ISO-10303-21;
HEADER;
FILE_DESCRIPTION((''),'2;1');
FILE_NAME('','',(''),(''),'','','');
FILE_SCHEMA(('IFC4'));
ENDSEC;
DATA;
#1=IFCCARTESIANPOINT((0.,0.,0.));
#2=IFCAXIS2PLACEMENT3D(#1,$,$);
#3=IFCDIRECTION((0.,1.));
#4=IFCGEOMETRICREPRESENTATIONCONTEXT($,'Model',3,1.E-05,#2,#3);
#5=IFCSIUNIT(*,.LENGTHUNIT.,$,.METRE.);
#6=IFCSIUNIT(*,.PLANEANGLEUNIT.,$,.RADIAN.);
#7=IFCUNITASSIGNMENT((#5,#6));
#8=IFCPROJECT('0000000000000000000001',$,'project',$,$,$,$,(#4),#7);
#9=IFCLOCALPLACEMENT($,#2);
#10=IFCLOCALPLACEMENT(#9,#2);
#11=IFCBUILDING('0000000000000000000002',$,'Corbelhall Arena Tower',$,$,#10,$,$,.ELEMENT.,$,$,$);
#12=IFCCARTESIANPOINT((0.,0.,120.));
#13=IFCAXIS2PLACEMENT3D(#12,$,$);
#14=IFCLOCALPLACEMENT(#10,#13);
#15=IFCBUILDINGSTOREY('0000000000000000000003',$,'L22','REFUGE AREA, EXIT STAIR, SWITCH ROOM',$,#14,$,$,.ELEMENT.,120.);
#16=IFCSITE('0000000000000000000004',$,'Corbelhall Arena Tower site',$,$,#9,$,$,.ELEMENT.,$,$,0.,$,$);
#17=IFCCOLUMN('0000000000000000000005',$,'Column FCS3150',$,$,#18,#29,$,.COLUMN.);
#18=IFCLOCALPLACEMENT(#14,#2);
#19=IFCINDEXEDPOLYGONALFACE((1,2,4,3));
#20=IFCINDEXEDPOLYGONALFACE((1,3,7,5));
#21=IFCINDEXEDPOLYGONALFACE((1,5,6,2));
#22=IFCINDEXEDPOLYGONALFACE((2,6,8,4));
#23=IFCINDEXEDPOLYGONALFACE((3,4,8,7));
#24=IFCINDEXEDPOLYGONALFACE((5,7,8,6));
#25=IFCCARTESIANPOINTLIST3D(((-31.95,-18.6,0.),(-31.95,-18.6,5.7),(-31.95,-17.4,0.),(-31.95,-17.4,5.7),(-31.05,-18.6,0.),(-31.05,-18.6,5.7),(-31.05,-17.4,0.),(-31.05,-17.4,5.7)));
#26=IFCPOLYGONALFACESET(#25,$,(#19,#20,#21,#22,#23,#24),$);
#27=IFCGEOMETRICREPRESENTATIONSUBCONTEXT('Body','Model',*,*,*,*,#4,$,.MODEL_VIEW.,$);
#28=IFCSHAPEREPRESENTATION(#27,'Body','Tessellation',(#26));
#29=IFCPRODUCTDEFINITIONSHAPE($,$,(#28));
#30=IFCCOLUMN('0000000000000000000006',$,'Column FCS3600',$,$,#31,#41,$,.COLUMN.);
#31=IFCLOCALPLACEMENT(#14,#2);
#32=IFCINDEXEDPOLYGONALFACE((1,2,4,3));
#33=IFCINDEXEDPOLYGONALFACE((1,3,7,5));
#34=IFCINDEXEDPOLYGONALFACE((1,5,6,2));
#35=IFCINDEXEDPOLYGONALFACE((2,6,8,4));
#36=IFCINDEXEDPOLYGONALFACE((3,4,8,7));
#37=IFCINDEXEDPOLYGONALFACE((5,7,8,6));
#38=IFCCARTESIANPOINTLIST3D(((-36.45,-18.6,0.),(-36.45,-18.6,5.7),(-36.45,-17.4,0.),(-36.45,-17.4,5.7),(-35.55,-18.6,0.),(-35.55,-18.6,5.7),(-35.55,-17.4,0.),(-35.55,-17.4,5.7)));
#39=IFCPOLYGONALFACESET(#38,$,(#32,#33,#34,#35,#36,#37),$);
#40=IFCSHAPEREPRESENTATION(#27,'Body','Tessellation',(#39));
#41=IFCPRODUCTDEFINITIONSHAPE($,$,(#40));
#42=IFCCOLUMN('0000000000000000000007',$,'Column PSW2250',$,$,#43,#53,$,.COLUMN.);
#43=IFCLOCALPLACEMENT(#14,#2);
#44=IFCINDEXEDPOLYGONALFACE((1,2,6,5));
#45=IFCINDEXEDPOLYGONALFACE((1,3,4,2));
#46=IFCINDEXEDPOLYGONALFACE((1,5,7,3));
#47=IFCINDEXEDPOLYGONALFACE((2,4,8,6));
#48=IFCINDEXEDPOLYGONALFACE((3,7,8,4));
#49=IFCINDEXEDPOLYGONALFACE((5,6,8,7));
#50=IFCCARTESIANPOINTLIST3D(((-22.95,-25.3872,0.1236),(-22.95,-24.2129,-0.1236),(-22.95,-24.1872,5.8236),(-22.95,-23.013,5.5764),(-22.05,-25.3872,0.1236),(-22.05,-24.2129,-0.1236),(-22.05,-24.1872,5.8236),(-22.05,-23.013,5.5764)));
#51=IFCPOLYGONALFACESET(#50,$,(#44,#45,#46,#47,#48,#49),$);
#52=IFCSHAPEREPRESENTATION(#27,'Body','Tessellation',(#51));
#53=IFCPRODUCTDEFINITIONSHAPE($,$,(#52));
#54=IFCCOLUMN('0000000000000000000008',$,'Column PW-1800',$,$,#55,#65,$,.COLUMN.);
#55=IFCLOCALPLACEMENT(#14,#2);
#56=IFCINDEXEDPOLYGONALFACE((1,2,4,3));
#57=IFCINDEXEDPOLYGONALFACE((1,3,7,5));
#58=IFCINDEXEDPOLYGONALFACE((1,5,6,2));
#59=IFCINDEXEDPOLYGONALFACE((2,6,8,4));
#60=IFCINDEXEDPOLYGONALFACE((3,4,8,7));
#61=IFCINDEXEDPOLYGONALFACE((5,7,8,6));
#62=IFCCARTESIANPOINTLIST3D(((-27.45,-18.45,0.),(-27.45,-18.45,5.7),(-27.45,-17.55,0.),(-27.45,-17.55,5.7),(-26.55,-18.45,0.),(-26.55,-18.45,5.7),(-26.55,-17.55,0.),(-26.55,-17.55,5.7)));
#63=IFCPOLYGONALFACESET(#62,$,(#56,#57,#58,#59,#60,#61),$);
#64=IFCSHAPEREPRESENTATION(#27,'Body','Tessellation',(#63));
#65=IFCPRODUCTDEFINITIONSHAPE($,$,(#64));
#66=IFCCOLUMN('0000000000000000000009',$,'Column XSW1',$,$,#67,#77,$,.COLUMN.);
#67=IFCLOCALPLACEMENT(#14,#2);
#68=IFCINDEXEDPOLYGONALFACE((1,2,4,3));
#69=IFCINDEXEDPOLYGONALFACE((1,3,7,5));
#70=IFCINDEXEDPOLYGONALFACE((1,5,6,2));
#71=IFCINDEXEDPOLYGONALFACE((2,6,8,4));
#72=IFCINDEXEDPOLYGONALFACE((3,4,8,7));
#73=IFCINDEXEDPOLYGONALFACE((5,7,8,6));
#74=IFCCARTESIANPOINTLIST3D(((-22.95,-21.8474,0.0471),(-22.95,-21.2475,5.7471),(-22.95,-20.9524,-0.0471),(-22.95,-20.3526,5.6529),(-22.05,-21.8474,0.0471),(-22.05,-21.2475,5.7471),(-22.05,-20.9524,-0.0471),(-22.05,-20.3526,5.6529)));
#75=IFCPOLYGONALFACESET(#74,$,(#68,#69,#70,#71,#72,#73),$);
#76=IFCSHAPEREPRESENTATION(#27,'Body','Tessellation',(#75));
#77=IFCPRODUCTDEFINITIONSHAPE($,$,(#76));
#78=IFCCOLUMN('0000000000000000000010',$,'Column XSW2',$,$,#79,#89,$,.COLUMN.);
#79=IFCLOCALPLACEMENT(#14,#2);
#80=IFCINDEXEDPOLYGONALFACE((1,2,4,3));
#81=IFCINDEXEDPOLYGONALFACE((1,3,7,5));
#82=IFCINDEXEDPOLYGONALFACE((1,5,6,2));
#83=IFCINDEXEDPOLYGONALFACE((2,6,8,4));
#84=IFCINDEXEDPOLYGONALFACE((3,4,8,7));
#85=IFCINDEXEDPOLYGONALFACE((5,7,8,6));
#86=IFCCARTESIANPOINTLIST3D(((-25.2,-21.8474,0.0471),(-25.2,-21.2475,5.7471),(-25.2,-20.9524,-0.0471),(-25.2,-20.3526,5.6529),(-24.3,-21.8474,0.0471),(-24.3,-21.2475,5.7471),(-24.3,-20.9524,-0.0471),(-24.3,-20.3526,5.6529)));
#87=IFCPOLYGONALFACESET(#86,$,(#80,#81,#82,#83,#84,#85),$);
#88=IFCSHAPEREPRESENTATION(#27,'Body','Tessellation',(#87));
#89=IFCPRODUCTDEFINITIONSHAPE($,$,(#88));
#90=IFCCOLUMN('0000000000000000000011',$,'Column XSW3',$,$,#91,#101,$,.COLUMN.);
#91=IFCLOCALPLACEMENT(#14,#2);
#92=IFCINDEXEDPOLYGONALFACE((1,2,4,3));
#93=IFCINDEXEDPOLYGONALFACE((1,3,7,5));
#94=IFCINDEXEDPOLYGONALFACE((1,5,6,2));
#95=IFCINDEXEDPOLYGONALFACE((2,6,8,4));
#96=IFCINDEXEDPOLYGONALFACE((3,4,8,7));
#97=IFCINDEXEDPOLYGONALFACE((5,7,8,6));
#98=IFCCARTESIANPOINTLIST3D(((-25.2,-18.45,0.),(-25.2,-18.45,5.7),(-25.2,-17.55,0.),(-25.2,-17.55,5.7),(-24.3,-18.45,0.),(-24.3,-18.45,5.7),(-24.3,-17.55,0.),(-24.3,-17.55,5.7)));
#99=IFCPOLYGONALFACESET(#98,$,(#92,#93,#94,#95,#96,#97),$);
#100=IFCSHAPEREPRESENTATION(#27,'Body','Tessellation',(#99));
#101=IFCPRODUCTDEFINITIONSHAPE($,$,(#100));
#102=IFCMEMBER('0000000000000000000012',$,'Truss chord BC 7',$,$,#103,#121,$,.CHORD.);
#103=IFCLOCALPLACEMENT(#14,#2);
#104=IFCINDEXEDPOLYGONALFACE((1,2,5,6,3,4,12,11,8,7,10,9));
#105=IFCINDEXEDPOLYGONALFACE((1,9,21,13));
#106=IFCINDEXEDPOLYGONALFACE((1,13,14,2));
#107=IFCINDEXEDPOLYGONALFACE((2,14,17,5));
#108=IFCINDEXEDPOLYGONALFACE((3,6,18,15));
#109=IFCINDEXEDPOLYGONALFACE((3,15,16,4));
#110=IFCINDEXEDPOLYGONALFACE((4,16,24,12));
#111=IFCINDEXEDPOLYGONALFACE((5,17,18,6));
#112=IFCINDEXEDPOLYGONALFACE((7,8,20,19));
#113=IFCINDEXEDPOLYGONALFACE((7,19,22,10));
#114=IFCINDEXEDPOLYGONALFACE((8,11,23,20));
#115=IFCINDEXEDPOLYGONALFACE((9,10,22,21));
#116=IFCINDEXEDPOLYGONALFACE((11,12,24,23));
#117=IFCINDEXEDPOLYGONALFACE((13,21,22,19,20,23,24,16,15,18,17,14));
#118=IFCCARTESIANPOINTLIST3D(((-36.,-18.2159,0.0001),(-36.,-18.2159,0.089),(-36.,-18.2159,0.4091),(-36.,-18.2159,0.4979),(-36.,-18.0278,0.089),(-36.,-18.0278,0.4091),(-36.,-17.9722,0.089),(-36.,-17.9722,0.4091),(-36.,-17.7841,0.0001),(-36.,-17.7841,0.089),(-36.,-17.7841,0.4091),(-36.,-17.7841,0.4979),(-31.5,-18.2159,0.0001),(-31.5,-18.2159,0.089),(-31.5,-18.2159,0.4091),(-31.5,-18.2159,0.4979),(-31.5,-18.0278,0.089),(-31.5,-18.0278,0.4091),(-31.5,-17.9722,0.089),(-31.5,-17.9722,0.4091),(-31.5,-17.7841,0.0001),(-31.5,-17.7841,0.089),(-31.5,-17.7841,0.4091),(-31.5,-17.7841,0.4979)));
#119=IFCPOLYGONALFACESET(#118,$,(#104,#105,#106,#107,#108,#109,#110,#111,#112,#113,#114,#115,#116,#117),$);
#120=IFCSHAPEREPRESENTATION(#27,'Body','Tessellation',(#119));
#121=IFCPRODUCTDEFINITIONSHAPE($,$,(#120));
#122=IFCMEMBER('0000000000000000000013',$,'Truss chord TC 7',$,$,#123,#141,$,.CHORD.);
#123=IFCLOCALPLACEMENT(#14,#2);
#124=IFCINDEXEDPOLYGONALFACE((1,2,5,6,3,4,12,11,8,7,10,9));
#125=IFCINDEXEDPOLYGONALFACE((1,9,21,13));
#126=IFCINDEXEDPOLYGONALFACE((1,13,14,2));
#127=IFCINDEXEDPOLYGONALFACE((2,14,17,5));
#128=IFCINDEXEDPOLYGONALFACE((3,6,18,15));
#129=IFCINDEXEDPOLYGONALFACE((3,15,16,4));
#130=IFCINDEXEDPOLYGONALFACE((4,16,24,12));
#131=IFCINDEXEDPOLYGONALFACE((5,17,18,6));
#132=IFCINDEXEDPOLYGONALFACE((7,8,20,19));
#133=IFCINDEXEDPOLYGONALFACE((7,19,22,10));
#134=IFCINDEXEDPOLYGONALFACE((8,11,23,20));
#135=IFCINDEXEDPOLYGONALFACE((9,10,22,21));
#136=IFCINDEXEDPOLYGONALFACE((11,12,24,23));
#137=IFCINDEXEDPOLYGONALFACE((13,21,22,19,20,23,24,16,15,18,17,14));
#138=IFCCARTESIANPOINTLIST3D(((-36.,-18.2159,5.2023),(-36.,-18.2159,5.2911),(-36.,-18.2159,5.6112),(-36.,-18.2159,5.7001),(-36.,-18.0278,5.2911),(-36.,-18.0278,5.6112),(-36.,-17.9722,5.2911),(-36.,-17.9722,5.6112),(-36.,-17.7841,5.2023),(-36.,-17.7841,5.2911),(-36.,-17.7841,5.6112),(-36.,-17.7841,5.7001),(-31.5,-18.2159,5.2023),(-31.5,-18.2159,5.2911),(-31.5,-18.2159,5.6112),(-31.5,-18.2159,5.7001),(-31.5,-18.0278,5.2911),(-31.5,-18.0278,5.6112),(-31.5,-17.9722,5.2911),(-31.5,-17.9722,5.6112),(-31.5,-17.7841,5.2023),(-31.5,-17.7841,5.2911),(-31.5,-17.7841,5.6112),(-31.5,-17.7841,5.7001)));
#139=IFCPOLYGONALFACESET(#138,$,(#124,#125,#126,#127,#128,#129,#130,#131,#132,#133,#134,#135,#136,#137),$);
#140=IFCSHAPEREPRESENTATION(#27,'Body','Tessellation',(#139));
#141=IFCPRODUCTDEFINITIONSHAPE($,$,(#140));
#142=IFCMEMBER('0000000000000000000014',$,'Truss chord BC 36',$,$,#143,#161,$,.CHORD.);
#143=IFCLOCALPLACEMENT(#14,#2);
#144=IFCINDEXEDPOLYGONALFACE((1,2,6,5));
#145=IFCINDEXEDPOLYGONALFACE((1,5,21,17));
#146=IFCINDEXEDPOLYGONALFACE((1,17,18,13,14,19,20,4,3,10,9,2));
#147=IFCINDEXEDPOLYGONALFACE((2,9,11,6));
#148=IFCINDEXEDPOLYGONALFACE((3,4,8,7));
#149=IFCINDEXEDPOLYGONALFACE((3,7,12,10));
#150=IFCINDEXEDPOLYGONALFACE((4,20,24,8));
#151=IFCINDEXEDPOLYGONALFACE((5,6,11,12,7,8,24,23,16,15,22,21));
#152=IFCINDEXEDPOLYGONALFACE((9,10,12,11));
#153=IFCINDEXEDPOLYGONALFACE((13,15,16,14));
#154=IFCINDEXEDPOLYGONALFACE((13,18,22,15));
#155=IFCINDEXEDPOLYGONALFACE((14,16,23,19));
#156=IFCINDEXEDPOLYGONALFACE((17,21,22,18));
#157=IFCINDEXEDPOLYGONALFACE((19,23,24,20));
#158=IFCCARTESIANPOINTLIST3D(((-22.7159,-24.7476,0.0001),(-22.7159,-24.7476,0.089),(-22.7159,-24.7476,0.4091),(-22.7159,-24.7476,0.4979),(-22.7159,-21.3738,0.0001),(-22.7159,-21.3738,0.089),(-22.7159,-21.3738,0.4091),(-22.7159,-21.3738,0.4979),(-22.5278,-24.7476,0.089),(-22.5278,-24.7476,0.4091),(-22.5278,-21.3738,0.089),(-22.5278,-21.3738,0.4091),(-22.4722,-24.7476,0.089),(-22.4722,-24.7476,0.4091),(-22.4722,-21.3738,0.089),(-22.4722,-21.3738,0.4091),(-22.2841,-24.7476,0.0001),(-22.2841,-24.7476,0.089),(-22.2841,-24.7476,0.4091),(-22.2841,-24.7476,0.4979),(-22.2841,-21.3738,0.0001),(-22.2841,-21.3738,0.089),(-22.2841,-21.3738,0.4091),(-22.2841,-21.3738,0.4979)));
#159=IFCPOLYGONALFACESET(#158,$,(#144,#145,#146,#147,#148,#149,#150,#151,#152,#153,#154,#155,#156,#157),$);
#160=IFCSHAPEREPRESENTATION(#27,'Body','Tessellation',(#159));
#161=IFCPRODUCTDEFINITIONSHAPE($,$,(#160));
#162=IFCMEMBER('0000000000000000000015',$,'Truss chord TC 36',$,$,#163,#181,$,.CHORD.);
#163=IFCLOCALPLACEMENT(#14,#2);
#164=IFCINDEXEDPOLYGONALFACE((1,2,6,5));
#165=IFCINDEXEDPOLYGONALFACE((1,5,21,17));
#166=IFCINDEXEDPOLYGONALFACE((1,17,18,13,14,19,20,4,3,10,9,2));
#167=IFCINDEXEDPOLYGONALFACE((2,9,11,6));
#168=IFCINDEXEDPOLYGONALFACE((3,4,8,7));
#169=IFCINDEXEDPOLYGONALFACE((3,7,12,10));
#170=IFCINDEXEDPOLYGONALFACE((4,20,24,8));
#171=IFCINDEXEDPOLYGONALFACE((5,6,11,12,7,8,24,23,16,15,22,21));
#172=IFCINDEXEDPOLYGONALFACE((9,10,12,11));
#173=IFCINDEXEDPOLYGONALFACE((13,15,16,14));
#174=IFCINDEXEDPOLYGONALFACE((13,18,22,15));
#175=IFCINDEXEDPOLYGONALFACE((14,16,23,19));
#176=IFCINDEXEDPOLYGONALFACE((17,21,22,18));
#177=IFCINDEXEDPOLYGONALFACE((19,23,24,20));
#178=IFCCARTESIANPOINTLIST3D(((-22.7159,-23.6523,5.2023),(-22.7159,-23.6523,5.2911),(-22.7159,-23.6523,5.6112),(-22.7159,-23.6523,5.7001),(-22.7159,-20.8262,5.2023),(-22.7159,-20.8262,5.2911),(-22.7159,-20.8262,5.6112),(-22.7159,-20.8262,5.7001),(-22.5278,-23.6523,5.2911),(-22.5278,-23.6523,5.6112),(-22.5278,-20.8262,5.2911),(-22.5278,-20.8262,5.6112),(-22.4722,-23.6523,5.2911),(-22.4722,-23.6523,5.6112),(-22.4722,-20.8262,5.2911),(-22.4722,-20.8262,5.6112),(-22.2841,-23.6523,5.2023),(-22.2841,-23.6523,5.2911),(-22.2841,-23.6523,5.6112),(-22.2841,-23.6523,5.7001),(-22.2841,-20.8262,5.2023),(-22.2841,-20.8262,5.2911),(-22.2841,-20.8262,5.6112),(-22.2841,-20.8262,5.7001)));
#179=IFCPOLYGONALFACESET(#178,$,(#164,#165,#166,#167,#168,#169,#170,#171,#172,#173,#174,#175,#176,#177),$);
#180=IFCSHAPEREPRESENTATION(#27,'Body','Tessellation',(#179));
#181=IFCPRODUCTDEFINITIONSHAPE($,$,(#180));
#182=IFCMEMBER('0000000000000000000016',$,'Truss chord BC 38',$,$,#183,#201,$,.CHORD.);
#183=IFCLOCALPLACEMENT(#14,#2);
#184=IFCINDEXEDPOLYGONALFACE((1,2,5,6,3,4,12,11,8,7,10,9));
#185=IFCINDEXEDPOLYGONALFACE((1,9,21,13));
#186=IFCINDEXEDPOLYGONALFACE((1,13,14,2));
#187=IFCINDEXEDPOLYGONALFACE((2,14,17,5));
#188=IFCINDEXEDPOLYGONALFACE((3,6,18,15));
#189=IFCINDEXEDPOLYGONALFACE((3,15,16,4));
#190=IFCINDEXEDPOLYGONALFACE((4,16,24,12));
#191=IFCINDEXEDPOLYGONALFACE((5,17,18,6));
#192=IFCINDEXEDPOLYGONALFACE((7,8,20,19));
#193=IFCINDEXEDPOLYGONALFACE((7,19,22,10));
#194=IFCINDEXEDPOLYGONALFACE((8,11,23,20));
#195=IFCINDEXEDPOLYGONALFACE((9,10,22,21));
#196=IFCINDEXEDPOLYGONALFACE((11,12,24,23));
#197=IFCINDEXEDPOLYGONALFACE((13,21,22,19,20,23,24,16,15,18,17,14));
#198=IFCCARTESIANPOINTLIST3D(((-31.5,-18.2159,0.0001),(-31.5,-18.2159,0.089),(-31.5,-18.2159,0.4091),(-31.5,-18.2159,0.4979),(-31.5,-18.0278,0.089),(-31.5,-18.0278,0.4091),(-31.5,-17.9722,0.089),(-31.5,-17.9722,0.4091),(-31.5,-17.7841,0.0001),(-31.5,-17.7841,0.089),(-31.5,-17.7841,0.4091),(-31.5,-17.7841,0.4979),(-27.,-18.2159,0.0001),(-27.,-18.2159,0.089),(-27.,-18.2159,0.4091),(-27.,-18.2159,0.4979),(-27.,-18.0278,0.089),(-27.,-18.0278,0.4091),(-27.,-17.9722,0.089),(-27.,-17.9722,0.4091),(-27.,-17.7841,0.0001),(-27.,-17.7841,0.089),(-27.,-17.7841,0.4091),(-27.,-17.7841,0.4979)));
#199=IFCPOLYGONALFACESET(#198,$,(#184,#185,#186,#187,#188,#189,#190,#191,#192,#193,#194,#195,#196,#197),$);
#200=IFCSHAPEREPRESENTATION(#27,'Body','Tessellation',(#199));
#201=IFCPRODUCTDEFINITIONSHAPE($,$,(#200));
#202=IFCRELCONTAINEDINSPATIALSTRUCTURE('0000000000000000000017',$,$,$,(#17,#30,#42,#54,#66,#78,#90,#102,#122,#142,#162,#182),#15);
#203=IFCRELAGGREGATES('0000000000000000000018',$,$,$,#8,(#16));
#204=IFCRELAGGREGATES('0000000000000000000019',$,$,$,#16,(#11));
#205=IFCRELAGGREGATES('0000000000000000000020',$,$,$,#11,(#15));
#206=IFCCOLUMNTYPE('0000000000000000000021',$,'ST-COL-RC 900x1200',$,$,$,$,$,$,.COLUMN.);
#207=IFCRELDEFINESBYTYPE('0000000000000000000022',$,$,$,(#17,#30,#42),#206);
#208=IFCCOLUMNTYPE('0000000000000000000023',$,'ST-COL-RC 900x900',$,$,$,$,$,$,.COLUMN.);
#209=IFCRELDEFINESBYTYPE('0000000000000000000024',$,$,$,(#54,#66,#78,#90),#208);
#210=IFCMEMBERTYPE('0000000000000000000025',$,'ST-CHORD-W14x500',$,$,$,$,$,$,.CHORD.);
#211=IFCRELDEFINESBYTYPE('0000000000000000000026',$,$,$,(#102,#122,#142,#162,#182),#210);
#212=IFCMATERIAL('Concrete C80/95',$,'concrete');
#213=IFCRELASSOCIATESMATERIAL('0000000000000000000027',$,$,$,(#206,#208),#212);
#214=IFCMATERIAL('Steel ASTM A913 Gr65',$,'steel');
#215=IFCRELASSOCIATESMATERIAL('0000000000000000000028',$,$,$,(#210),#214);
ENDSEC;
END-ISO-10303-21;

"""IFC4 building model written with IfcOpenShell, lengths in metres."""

from ifc_helpers import new_model, si_unit, direction, frame, origin, origin_2d, place, context, subcontext, project, spatial, rectangle, i_section, extrude, material, material_profile, profile_set, type_object, element, save


model = new_model("IFC4")

# Units and contexts
model_context = context("Model", 3, precision=1e-05, world=origin(), true_north=direction((0.0, 1.0)))
body_context = subcontext(model_context, "Body", "Model", "MODEL_VIEW")
ifc_project = project(units=[si_unit("LENGTHUNIT", "METRE"), si_unit("PLANEANGLEUNIT", "RADIAN")], contexts=[model_context])

# Site, building, storey
site_placement = place(None, origin())
site = spatial("IfcSite", under=ifc_project, at=site_placement, Name="Corbelhall Arena Tower site", CompositionType="ELEMENT", RefElevation=0.0)
building_placement = place(site_placement, origin())
building = spatial("IfcBuilding", under=site, at=building_placement, Name="Corbelhall Arena Tower", CompositionType="ELEMENT")
storey_placement = place(building_placement, frame((0.0, 0.0, 120.0)))
storey = spatial("IfcBuildingStorey", under=building, at=storey_placement, Name="L22", Description="REFUGE AREA, EXIT STAIR, SWITCH ROOM", CompositionType="ELEMENT", Elevation=120.0)

# Columns
ifc_material_1 = material(Name="Concrete C80/95", Category="concrete")
ifc_material_profile_1 = material_profile(ifc_material_1, rectangle(XDim=0.8999, YDim=1.2, at=origin_2d()))
ifc_profile_set_1 = profile_set([ifc_material_profile_1], Name="Concrete C80/95")
column_type_1 = type_object("IfcColumnType", Name="ST-COL-RC 900x1200", PredefinedType="COLUMN", material=ifc_profile_set_1)
for number, where, z_axis, x_axis, name in (
    (1, (-31.5, -18.0, 0.0), (0.0, 0.0, 1.0), (1.0, 0.0, 0.0), "Column FCS3150"),
    (2, (-36.0, -18.0, 0.0), (0.0, 0.0, 1.0), (1.0, 0.0, 0.0), "Column FCS3600"),
):
    element("IfcColumn", number, at=place(storey_placement, frame(where, z_axis=z_axis, x_axis=x_axis)), inside=storey, type_object=column_type_1, Name=name, PredefinedType="COLUMN", context=body_context, shape_type="SweptSolid", body=[
        extrude(rectangle(XDim=0.8999, YDim=1.2, at=origin_2d()), origin(), (0.0, 0.0, 1.0), 5.7),
    ])
column_1_placement = place(storey_placement, frame((-22.5, -24.8, 0.0), z_axis=(0.0, 0.206004, 0.978551), x_axis=(-1.0, 0.0, 0.0)))
element("IfcColumn", 3, at=column_1_placement, inside=storey, type_object=column_type_1, Name="Column PSW2250", PredefinedType="COLUMN", context=body_context, shape_type="SweptSolid", body=[
    extrude(rectangle(XDim=0.8999, YDim=1.2, at=origin_2d()), origin(), (0.0, 0.0, 1.0), 5.825),
])
ifc_material_profile_2 = material_profile(ifc_material_1, rectangle(XDim=0.8999, YDim=0.8999, at=origin_2d()))
ifc_profile_set_2 = profile_set([ifc_material_profile_2], Name="Concrete C80/95")
column_type_2 = type_object("IfcColumnType", Name="ST-COL-RC 900x900", PredefinedType="COLUMN", material=ifc_profile_set_2)
column_2_placement = place(storey_placement, frame((-27.0, -18.0, 0.0), z_axis=(0.0, 0.0, 1.0), x_axis=(1.0, 0.0, 0.0)))
element("IfcColumn", 4, at=column_2_placement, inside=storey, type_object=column_type_2, Name="Column PW-1800", PredefinedType="COLUMN", context=body_context, shape_type="SweptSolid", body=[
    extrude(rectangle(XDim=0.8999, YDim=0.8999, at=origin_2d()), origin(), (0.0, 0.0, 1.0), 5.7),
])
for number, where, z_axis, x_axis, name in (
    (5, (-22.5, -21.3999, 0.0), (0.0, 0.10466, 0.994508), (-1.0, 0.0, 0.0), "Column XSW1"),
    (6, (-24.75, -21.3999, 0.0), (0.0, 0.10466, 0.994508), (-1.0, 0.0, 0.0), "Column XSW2"),
):
    element("IfcColumn", number, at=place(storey_placement, frame(where, z_axis=z_axis, x_axis=x_axis)), inside=storey, type_object=column_type_2, Name=name, PredefinedType="COLUMN", context=body_context, shape_type="SweptSolid", body=[
        extrude(rectangle(XDim=0.8999, YDim=0.8999, at=origin_2d()), origin(), (0.0, 0.0, 1.0), 5.7314),
    ])
column_3_placement = place(storey_placement, frame((-24.75, -18.0, 0.0), z_axis=(0.0, 0.0, 1.0), x_axis=(1.0, 0.0, 0.0)))
element("IfcColumn", 7, at=column_3_placement, inside=storey, type_object=column_type_2, Name="Column XSW3", PredefinedType="COLUMN", context=body_context, shape_type="SweptSolid", body=[
    extrude(rectangle(XDim=0.8999, YDim=0.8999, at=origin_2d()), origin(), (0.0, 0.0, 1.0), 5.7),
])

# Members
ifc_material_2 = material(Name="Steel ASTM A913 Gr65", Category="steel")
ifc_material_profile_3 = material_profile(ifc_material_2, i_section(OverallWidth=0.4319, OverallDepth=0.4978, WebThickness=0.0557, FlangeThickness=0.0889, at=origin_2d()))
ifc_profile_set_3 = profile_set([ifc_material_profile_3], Name="Steel ASTM A913 Gr65")
member_type_1 = type_object("IfcMemberType", Name="ST-CHORD-W14x500", PredefinedType="CHORD", material=ifc_profile_set_3)
for number, where, z_axis, x_axis, name in (
    (8, (-31.5, -18.0, 0.249), (-1.0, 0.0, 0.0), (0.0, -1.0, 0.0), "Truss chord BC 7"),
    (9, (-31.5, -18.0, 5.4512), (-1.0, 0.0, 0.0), (0.0, -1.0, 0.0), "Truss chord TC 7"),
):
    element("IfcMember", number, at=place(storey_placement, frame(where, z_axis=z_axis, x_axis=x_axis)), inside=storey, type_object=member_type_1, Name=name, PredefinedType="CHORD", context=body_context, shape_type="SweptSolid", body=[
        extrude(i_section(OverallWidth=0.4319, OverallDepth=0.4978, WebThickness=0.0557, FlangeThickness=0.0889, at=origin_2d()), origin(), (0.0, 0.0, 1.0), 4.5),
    ])
member_1_placement = place(storey_placement, frame((-22.5, -24.7476, 0.249), z_axis=(0.0, 1.0, 0.0), x_axis=(-1.0, 0.0, 0.0)))
element("IfcMember", 10, at=member_1_placement, inside=storey, type_object=member_type_1, Name="Truss chord BC 36", PredefinedType="CHORD", context=body_context, shape_type="SweptSolid", body=[
    extrude(i_section(OverallWidth=0.4319, OverallDepth=0.4978, WebThickness=0.0557, FlangeThickness=0.0889, at=origin_2d()), origin(), (0.0, 0.0, 1.0), 3.3738),
])
member_2_placement = place(storey_placement, frame((-22.5, -23.6523, 5.4512), z_axis=(0.0, 1.0, 0.0), x_axis=(-1.0, 0.0, 0.0)))
element("IfcMember", 11, at=member_2_placement, inside=storey, type_object=member_type_1, Name="Truss chord TC 36", PredefinedType="CHORD", context=body_context, shape_type="SweptSolid", body=[
    extrude(i_section(OverallWidth=0.4319, OverallDepth=0.4978, WebThickness=0.0557, FlangeThickness=0.0889, at=origin_2d()), origin(), (0.0, 0.0, 1.0), 2.8262),
])
for number, where, z_axis, x_axis, name in (
    (12, (-27.0, -18.0, 0.249), (-1.0, 0.0, 0.0), (0.0, -1.0, 0.0), "Truss chord BC 38"),
):
    element("IfcMember", number, at=place(storey_placement, frame(where, z_axis=z_axis, x_axis=x_axis)), inside=storey, type_object=member_type_1, Name=name, PredefinedType="CHORD", context=body_context, shape_type="SweptSolid", body=[
        extrude(i_section(OverallWidth=0.4319, OverallDepth=0.4978, WebThickness=0.0557, FlangeThickness=0.0889, at=origin_2d()), origin(), (0.0, 0.0, 1.0), 4.5),
    ])

save(model, "model.ifc")
